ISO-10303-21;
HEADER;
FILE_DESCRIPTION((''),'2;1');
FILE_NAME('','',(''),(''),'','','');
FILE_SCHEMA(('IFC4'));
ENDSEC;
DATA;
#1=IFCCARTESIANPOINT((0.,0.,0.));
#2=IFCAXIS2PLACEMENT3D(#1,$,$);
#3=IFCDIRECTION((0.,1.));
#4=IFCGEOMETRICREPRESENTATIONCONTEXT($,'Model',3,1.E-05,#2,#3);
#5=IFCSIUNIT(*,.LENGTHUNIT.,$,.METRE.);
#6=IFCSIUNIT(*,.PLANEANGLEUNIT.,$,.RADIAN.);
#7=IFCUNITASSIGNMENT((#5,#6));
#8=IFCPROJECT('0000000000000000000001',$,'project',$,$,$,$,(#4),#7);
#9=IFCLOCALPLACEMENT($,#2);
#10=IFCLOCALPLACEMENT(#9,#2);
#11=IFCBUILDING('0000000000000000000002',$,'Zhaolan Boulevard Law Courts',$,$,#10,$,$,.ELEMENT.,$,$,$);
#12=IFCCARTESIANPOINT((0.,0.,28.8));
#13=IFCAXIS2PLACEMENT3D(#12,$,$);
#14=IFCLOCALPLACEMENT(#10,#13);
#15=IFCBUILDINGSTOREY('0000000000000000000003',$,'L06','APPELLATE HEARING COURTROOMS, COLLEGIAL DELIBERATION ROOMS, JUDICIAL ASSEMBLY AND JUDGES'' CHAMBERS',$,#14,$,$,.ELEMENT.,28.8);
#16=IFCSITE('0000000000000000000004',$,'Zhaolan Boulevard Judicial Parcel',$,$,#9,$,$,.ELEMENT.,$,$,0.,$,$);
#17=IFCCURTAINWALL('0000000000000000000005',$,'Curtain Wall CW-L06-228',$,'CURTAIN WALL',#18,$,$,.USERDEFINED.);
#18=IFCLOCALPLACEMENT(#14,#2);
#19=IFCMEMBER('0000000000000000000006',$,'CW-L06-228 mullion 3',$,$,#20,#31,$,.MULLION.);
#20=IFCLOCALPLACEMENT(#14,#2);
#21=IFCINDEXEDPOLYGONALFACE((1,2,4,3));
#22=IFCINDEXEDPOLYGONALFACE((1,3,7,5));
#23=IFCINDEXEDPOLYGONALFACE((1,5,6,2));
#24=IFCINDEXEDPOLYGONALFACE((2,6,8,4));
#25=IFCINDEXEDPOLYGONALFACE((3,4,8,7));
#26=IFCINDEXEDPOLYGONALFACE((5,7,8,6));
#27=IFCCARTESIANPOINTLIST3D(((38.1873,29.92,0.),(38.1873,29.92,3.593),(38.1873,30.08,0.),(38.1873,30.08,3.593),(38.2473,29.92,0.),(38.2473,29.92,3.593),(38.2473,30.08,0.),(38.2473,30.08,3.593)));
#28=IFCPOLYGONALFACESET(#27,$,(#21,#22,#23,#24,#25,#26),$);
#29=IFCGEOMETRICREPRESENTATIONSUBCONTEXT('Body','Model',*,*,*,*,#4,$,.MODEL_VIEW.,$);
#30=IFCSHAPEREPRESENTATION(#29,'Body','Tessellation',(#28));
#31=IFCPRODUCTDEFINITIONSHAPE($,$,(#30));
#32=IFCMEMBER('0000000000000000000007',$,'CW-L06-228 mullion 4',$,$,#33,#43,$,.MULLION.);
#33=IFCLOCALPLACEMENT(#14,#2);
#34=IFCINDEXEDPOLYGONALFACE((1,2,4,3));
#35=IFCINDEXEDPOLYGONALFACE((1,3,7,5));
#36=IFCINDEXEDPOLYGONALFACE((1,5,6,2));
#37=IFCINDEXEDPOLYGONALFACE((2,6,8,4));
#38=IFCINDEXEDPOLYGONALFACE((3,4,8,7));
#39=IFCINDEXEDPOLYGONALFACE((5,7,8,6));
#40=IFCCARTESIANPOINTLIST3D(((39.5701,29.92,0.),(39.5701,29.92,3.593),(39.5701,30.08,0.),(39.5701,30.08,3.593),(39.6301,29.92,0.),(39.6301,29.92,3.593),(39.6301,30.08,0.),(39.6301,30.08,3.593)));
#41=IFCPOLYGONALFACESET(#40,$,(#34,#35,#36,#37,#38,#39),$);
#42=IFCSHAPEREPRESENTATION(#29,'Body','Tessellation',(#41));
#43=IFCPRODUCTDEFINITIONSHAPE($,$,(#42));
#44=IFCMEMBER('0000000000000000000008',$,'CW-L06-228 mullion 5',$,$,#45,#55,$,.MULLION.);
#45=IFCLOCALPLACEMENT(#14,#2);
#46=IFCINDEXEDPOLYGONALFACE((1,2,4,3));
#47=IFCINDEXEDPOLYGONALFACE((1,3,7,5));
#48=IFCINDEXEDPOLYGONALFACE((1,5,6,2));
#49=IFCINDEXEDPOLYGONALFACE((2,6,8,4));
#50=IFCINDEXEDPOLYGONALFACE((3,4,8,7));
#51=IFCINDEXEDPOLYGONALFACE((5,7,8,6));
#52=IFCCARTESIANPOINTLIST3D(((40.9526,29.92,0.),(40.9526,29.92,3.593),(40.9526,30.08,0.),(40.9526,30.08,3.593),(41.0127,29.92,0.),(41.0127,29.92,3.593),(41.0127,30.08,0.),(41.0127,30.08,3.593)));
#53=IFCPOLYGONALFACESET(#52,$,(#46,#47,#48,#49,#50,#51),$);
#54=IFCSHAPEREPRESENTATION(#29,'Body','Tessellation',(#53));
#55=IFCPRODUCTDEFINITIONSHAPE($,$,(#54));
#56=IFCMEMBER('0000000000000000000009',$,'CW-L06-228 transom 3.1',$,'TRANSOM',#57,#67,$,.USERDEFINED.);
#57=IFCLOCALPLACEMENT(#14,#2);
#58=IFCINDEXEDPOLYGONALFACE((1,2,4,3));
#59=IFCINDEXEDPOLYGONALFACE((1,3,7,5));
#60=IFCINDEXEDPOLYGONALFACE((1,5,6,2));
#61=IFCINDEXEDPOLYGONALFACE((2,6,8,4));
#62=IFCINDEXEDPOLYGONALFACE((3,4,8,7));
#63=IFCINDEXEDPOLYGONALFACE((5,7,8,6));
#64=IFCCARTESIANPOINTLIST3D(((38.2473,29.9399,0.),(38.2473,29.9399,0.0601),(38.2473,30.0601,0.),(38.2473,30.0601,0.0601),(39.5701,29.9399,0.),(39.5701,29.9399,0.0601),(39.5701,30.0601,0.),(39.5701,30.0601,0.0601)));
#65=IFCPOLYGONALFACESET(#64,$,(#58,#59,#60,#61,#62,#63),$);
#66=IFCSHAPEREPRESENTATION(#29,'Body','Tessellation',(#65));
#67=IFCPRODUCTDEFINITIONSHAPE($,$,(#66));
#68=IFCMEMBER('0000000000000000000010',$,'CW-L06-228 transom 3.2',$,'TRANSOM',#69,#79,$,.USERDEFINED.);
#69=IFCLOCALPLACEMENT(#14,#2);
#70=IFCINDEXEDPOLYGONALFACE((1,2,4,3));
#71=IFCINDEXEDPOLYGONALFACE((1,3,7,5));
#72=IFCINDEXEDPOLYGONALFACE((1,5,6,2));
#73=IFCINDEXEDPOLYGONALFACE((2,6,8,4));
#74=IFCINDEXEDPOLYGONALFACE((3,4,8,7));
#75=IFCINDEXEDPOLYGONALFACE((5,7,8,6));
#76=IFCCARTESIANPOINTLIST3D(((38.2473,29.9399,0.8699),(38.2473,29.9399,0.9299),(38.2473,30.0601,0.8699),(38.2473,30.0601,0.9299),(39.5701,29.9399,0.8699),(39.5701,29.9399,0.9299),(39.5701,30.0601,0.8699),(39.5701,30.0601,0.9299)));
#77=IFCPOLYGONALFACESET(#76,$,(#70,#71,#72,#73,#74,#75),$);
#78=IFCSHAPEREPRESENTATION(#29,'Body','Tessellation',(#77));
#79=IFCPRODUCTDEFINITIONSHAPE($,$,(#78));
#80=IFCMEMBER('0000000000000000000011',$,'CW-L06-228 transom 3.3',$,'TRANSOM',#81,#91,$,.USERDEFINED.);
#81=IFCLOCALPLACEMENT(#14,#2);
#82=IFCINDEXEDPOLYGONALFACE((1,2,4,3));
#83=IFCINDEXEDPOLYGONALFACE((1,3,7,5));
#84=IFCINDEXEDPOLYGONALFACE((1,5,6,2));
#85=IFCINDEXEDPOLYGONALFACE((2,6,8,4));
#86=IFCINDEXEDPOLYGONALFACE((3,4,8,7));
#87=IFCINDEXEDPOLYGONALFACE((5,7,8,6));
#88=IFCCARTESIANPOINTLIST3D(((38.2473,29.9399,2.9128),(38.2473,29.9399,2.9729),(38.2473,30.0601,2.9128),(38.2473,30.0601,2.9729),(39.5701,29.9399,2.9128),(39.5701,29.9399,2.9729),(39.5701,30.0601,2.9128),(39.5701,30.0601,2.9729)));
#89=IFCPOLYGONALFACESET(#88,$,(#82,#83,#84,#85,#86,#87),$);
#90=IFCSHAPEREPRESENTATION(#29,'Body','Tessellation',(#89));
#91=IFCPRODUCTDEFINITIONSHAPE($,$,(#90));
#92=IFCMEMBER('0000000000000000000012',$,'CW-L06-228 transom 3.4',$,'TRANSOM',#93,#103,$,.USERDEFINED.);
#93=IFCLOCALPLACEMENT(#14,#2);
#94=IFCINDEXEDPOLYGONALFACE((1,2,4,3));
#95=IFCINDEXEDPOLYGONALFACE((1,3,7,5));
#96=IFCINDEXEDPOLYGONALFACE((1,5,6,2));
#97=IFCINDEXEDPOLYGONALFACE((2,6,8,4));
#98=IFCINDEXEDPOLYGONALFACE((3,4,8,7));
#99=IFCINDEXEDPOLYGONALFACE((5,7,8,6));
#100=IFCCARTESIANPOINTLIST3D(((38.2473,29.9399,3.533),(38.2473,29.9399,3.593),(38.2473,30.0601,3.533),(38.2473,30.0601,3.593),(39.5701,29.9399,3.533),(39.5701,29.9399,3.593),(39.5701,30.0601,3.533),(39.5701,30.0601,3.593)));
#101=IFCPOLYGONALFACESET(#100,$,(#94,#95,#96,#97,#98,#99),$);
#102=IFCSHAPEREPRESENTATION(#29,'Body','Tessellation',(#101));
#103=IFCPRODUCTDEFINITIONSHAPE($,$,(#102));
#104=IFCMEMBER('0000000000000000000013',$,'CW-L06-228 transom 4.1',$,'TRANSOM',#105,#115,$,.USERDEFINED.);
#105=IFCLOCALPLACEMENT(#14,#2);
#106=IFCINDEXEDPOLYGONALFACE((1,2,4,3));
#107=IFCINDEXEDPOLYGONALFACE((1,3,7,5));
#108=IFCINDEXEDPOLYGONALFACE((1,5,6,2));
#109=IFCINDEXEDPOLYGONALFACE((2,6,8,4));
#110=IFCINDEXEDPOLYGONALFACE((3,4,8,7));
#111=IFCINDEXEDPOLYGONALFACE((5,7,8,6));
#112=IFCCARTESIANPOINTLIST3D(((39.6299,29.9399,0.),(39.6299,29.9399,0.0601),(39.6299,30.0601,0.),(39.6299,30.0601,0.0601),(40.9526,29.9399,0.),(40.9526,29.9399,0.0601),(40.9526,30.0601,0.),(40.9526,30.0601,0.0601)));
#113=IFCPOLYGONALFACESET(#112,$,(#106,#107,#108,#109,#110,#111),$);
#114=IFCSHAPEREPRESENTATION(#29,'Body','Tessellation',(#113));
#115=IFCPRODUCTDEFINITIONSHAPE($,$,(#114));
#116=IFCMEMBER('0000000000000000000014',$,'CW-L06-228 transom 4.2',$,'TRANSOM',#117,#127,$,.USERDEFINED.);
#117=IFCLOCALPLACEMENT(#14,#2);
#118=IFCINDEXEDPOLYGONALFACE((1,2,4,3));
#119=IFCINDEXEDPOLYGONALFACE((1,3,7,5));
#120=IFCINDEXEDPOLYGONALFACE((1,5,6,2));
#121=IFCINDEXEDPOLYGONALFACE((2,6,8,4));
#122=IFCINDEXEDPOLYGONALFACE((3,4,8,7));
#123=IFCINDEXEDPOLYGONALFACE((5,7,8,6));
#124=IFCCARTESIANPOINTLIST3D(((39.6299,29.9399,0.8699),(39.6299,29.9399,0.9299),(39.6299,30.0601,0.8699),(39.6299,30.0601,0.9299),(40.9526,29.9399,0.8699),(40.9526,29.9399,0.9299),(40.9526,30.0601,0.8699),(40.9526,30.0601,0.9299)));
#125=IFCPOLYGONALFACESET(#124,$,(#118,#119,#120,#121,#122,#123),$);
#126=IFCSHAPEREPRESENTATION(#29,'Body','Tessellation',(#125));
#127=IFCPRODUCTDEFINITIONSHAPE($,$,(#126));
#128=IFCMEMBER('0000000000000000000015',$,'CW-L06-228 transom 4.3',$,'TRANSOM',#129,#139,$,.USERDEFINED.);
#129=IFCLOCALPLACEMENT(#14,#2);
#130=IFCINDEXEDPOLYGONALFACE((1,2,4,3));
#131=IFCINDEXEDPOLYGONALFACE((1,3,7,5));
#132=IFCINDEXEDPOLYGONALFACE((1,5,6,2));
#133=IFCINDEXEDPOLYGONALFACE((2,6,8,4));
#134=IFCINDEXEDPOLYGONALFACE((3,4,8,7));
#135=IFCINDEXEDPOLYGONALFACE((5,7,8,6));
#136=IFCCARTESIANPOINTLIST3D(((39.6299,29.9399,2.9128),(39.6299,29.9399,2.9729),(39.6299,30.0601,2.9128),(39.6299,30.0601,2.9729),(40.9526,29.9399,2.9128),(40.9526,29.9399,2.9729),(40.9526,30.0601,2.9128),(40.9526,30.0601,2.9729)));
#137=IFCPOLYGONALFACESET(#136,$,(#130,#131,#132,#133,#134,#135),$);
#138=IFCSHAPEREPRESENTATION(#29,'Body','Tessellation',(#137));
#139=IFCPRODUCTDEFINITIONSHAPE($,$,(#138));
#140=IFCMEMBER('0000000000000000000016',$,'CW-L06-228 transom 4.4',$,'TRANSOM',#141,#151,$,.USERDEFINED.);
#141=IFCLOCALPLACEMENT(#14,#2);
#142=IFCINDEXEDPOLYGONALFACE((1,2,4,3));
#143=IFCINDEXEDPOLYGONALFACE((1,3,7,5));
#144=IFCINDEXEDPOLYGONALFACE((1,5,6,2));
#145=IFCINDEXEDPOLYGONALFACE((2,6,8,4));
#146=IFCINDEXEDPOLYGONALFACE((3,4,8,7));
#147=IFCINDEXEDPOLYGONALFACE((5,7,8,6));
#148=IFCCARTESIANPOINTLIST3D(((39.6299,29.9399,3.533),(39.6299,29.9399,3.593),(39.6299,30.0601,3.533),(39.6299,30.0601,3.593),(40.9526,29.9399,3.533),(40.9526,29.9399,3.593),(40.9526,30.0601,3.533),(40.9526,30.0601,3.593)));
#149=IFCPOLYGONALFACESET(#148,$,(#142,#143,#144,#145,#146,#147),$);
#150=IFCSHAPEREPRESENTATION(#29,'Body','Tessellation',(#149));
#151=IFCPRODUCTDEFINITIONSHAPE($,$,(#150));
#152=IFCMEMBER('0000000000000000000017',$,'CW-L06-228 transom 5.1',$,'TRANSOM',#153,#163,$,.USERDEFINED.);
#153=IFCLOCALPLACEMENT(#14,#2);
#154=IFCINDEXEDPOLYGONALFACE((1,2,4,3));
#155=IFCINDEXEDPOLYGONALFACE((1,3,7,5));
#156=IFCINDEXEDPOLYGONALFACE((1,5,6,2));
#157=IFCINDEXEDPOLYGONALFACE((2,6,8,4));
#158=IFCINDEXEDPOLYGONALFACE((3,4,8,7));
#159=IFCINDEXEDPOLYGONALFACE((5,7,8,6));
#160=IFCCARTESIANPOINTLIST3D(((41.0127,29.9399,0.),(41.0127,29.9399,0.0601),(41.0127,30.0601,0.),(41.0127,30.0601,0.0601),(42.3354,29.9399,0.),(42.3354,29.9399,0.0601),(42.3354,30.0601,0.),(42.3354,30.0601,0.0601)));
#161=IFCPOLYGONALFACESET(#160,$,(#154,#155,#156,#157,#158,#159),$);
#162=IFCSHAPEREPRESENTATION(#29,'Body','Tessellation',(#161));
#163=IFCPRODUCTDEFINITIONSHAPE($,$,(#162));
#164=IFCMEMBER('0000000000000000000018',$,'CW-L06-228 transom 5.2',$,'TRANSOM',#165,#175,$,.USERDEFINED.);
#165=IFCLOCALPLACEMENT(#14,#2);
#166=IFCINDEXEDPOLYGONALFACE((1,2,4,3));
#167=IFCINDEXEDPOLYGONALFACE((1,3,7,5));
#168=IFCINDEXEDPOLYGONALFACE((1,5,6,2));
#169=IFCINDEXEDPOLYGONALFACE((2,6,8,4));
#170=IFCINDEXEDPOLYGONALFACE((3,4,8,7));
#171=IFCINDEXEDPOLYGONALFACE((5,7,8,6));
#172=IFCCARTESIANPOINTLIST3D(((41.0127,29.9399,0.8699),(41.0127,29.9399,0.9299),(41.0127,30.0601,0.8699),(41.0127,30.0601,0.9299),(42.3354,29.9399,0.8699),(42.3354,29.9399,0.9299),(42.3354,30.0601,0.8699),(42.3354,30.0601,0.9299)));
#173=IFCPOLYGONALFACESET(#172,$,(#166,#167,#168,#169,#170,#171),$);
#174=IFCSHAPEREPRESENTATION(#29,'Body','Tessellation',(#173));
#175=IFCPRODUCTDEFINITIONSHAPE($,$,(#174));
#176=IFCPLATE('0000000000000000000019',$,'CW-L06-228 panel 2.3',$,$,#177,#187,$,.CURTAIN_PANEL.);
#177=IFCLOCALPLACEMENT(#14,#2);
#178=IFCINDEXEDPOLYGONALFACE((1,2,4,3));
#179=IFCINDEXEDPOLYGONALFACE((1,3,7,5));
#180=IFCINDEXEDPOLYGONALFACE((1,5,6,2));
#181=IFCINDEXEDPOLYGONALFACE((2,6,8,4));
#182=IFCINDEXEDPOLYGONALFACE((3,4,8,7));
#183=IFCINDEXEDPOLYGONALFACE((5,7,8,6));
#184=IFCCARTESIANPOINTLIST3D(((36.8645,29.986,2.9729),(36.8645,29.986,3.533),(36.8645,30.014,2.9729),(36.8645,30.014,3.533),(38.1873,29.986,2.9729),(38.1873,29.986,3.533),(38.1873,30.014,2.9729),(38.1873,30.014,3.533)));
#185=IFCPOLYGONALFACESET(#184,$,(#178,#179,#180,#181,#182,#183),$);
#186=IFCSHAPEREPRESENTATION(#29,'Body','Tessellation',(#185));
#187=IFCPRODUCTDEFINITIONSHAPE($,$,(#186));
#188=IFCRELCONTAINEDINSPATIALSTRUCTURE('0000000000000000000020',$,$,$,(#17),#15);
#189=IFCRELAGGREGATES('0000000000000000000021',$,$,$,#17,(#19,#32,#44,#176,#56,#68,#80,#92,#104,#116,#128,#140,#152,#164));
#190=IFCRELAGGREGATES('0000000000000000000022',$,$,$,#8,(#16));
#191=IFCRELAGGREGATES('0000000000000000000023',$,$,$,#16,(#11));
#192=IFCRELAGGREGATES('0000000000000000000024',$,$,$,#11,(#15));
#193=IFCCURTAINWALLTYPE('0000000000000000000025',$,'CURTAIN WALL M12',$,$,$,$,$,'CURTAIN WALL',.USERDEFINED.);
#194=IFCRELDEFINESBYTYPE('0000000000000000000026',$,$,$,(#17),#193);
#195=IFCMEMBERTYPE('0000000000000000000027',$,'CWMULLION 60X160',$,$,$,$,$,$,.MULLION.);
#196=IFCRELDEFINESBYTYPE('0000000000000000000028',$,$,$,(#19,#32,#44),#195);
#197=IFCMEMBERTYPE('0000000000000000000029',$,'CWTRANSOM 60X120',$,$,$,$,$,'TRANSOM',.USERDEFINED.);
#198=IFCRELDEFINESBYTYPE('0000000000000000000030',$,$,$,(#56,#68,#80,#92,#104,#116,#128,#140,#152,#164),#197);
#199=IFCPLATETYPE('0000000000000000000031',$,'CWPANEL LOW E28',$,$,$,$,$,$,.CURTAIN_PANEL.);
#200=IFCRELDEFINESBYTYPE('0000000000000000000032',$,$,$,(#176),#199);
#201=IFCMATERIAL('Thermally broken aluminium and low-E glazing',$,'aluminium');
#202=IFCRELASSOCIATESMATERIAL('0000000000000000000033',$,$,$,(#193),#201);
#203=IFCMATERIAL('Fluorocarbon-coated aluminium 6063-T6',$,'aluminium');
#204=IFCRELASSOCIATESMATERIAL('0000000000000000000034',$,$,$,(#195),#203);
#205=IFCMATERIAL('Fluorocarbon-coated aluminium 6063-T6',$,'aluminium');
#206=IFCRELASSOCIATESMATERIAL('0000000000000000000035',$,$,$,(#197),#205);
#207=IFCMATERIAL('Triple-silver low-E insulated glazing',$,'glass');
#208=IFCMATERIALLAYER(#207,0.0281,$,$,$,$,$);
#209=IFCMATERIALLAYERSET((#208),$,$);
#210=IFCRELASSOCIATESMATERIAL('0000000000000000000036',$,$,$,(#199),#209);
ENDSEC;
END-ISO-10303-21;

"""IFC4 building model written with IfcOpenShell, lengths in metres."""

from ifc_helpers import new_model, si_unit, direction, frame, origin, origin_2d, place, context, subcontext, project, spatial, rectangle, extrude, material, layer, layer_set, material_profile, profile_set, type_object, element, aggregate, save


model = new_model("IFC4")

# Units and contexts
model_context = context("Model", 3, precision=1e-05, world=origin(), true_north=direction((0.0, 1.0)))
body_context = subcontext(model_context, "Body", "Model", "MODEL_VIEW")
ifc_project = project(units=[si_unit("LENGTHUNIT", "METRE"), si_unit("PLANEANGLEUNIT", "RADIAN")], contexts=[model_context])

# Site, building, storey
site_placement = place(None, origin())
site = spatial("IfcSite", under=ifc_project, at=site_placement, Name="Zhaolan Boulevard Judicial Parcel", CompositionType="ELEMENT", RefElevation=0.0)
building_placement = place(site_placement, origin())
building = spatial("IfcBuilding", under=site, at=building_placement, Name="Zhaolan Boulevard Law Courts", CompositionType="ELEMENT")
storey_placement = place(building_placement, frame((0.0, 0.0, 28.8)))
storey = spatial("IfcBuildingStorey", under=building, at=storey_placement, Name="L06", Description="APPELLATE HEARING COURTROOMS, COLLEGIAL DELIBERATION ROOMS, JUDICIAL ASSEMBLY AND JUDGES' CHAMBERS", CompositionType="ELEMENT", Elevation=28.8)

# Curtain wall, members, plate
ifc_material_1 = material(Name="Thermally broken aluminium and low-E glazing", Category="aluminium")
curtain_wall_type = type_object("IfcCurtainWallType", Name="CURTAIN WALL M12", ElementType="CURTAIN WALL", PredefinedType="USERDEFINED", material=ifc_material_1)
curtain_wall_placement = place(storey_placement, origin())
curtain_wall = element("IfcCurtainWall", 1, at=curtain_wall_placement, inside=storey, type_object=curtain_wall_type, Name="Curtain Wall CW-L06-228", ObjectType="CURTAIN WALL", PredefinedType="USERDEFINED")
ifc_material_2 = material(Name="Fluorocarbon-coated aluminium 6063-T6", Category="aluminium")
ifc_material_profile_1 = material_profile(ifc_material_2, rectangle(XDim=0.1599, YDim=0.0601, at=origin_2d()), Name="AL60x160")
ifc_profile_set_1 = profile_set([ifc_material_profile_1], Name="Fluorocarbon-coated aluminium 6063-T6")
member_type_1 = type_object("IfcMemberType", Name="CWMULLION 60X160", PredefinedType="MULLION", material=ifc_profile_set_1)
member_1_placement = place(storey_placement, frame((38.2173, 30.0, 0.0), z_axis=(0.0, 0.0, 1.0), x_axis=(0.0, 1.0, 0.0)))
member_1 = element("IfcMember", 2, at=member_1_placement, type_object=member_type_1, Name="CW-L06-228 mullion 3", PredefinedType="MULLION", context=body_context, shape_type="SweptSolid", body=[
    extrude(rectangle(XDim=0.1599, YDim=0.0601, at=origin_2d()), origin(), (0.0, 0.0, 1.0), 3.593),
])
member_2_placement = place(storey_placement, frame((39.6001, 30.0, 0.0), z_axis=(0.0, 0.0, 1.0), x_axis=(0.0, 1.0, 0.0)))
member_2 = element("IfcMember", 3, at=member_2_placement, type_object=member_type_1, Name="CW-L06-228 mullion 4", PredefinedType="MULLION", context=body_context, shape_type="SweptSolid", body=[
    extrude(rectangle(XDim=0.1599, YDim=0.0601, at=origin_2d()), origin(), (0.0, 0.0, 1.0), 3.593),
])
member_3_placement = place(storey_placement, frame((40.9827, 30.0, 0.0), z_axis=(0.0, 0.0, 1.0), x_axis=(0.0, 1.0, 0.0)))
member_3 = element("IfcMember", 4, at=member_3_placement, type_object=member_type_1, Name="CW-L06-228 mullion 5", PredefinedType="MULLION", context=body_context, shape_type="SweptSolid", body=[
    extrude(rectangle(XDim=0.1599, YDim=0.0601, at=origin_2d()), origin(), (0.0, 0.0, 1.0), 3.593),
])
ifc_material_3 = material(Name="Fluorocarbon-coated aluminium 6063-T6", Category="aluminium")
ifc_material_profile_2 = material_profile(ifc_material_3, rectangle(XDim=0.1201, YDim=0.0601, at=origin_2d()), Name="AL60x120")
ifc_profile_set_2 = profile_set([ifc_material_profile_2], Name="Fluorocarbon-coated aluminium 6063-T6")
member_type_2 = type_object("IfcMemberType", Name="CWTRANSOM 60X120", ElementType="TRANSOM", PredefinedType="USERDEFINED", material=ifc_profile_set_2)
member_4_placement = place(storey_placement, frame((38.2473, 30.0, 0.03), z_axis=(1.0, 0.0, 0.0), x_axis=(0.0, 1.0, 0.0)))
member_4 = element("IfcMember", 5, at=member_4_placement, type_object=member_type_2, Name="CW-L06-228 transom 3.1", ObjectType="TRANSOM", PredefinedType="USERDEFINED", context=body_context, shape_type="SweptSolid", body=[
    extrude(rectangle(XDim=0.1201, YDim=0.0601, at=origin_2d()), origin(), (0.0, 0.0, 1.0), 1.3228),
])
member_5_placement = place(storey_placement, frame((38.2473, 30.0, 0.8999), z_axis=(1.0, 0.0, 0.0), x_axis=(0.0, 1.0, 0.0)))
member_5 = element("IfcMember", 6, at=member_5_placement, type_object=member_type_2, Name="CW-L06-228 transom 3.2", ObjectType="TRANSOM", PredefinedType="USERDEFINED", context=body_context, shape_type="SweptSolid", body=[
    extrude(rectangle(XDim=0.1201, YDim=0.0601, at=origin_2d()), origin(), (0.0, 0.0, 1.0), 1.3228),
])
member_6_placement = place(storey_placement, frame((38.2473, 30.0, 2.9429), z_axis=(1.0, 0.0, 0.0), x_axis=(0.0, 1.0, 0.0)))
member_6 = element("IfcMember", 7, at=member_6_placement, type_object=member_type_2, Name="CW-L06-228 transom 3.3", ObjectType="TRANSOM", PredefinedType="USERDEFINED", context=body_context, shape_type="SweptSolid", body=[
    extrude(rectangle(XDim=0.1201, YDim=0.0601, at=origin_2d()), origin(), (0.0, 0.0, 1.0), 1.3228),
])
member_7_placement = place(storey_placement, frame((38.2473, 30.0, 3.563), z_axis=(1.0, 0.0, 0.0), x_axis=(0.0, 1.0, 0.0)))
member_7 = element("IfcMember", 8, at=member_7_placement, type_object=member_type_2, Name="CW-L06-228 transom 3.4", ObjectType="TRANSOM", PredefinedType="USERDEFINED", context=body_context, shape_type="SweptSolid", body=[
    extrude(rectangle(XDim=0.1201, YDim=0.0601, at=origin_2d()), origin(), (0.0, 0.0, 1.0), 1.3228),
])
member_8_placement = place(storey_placement, frame((39.6299, 30.0, 0.03), z_axis=(1.0, 0.0, 0.0), x_axis=(0.0, 1.0, 0.0)))
member_8 = element("IfcMember", 9, at=member_8_placement, type_object=member_type_2, Name="CW-L06-228 transom 4.1", ObjectType="TRANSOM", PredefinedType="USERDEFINED", context=body_context, shape_type="SweptSolid", body=[
    extrude(rectangle(XDim=0.1201, YDim=0.0601, at=origin_2d()), origin(), (0.0, 0.0, 1.0), 1.3228),
])
member_9_placement = place(storey_placement, frame((39.6299, 30.0, 0.8999), z_axis=(1.0, 0.0, 0.0), x_axis=(0.0, 1.0, 0.0)))
member_9 = element("IfcMember", 10, at=member_9_placement, type_object=member_type_2, Name="CW-L06-228 transom 4.2", ObjectType="TRANSOM", PredefinedType="USERDEFINED", context=body_context, shape_type="SweptSolid", body=[
    extrude(rectangle(XDim=0.1201, YDim=0.0601, at=origin_2d()), origin(), (0.0, 0.0, 1.0), 1.3228),
])
member_10_placement = place(storey_placement, frame((39.6299, 30.0, 2.9429), z_axis=(1.0, 0.0, 0.0), x_axis=(0.0, 1.0, 0.0)))
member_10 = element("IfcMember", 11, at=member_10_placement, type_object=member_type_2, Name="CW-L06-228 transom 4.3", ObjectType="TRANSOM", PredefinedType="USERDEFINED", context=body_context, shape_type="SweptSolid", body=[
    extrude(rectangle(XDim=0.1201, YDim=0.0601, at=origin_2d()), origin(), (0.0, 0.0, 1.0), 1.3228),
])
member_11_placement = place(storey_placement, frame((39.6299, 30.0, 3.563), z_axis=(1.0, 0.0, 0.0), x_axis=(0.0, 1.0, 0.0)))
member_11 = element("IfcMember", 12, at=member_11_placement, type_object=member_type_2, Name="CW-L06-228 transom 4.4", ObjectType="TRANSOM", PredefinedType="USERDEFINED", context=body_context, shape_type="SweptSolid", body=[
    extrude(rectangle(XDim=0.1201, YDim=0.0601, at=origin_2d()), origin(), (0.0, 0.0, 1.0), 1.3228),
])
member_12_placement = place(storey_placement, frame((41.0127, 30.0, 0.03), z_axis=(1.0, 0.0, 0.0), x_axis=(0.0, 1.0, 0.0)))
member_12 = element("IfcMember", 13, at=member_12_placement, type_object=member_type_2, Name="CW-L06-228 transom 5.1", ObjectType="TRANSOM", PredefinedType="USERDEFINED", context=body_context, shape_type="SweptSolid", body=[
    extrude(rectangle(XDim=0.1201, YDim=0.0601, at=origin_2d()), origin(), (0.0, 0.0, 1.0), 1.3228),
])
member_13_placement = place(storey_placement, frame((41.0127, 30.0, 0.8999), z_axis=(1.0, 0.0, 0.0), x_axis=(0.0, 1.0, 0.0)))
member_13 = element("IfcMember", 14, at=member_13_placement, type_object=member_type_2, Name="CW-L06-228 transom 5.2", ObjectType="TRANSOM", PredefinedType="USERDEFINED", context=body_context, shape_type="SweptSolid", body=[
    extrude(rectangle(XDim=0.1201, YDim=0.0601, at=origin_2d()), origin(), (0.0, 0.0, 1.0), 1.3228),
])
ifc_material_4 = material(Name="Triple-silver low-E insulated glazing", Category="glass")
ifc_layer_1 = layer(ifc_material_4, 0.0281)
ifc_layer_set_1 = layer_set([ifc_layer_1])
plate_type = type_object("IfcPlateType", Name="CWPANEL LOW E28", PredefinedType="CURTAIN_PANEL", material=ifc_layer_set_1)
plate_1_placement = place(storey_placement, frame((37.5259, 30.0, 2.9729), z_axis=(0.0, 0.0, 1.0), x_axis=(1.0, 0.0, 0.0)))
plate_1 = element("IfcPlate", 15, at=plate_1_placement, type_object=plate_type, Name="CW-L06-228 panel 2.3", PredefinedType="CURTAIN_PANEL", context=body_context, shape_type="SweptSolid", body=[
    extrude(rectangle(XDim=1.3228, YDim=0.0281, at=origin_2d()), origin(), (0.0, 0.0, 1.0), 0.5601),
])
aggregate(curtain_wall, [member_1, member_2, member_3, plate_1, member_4, member_5, member_6, member_7, member_8, member_9, member_10, member_11, member_12, member_13])

save(model, "model.ifc")
